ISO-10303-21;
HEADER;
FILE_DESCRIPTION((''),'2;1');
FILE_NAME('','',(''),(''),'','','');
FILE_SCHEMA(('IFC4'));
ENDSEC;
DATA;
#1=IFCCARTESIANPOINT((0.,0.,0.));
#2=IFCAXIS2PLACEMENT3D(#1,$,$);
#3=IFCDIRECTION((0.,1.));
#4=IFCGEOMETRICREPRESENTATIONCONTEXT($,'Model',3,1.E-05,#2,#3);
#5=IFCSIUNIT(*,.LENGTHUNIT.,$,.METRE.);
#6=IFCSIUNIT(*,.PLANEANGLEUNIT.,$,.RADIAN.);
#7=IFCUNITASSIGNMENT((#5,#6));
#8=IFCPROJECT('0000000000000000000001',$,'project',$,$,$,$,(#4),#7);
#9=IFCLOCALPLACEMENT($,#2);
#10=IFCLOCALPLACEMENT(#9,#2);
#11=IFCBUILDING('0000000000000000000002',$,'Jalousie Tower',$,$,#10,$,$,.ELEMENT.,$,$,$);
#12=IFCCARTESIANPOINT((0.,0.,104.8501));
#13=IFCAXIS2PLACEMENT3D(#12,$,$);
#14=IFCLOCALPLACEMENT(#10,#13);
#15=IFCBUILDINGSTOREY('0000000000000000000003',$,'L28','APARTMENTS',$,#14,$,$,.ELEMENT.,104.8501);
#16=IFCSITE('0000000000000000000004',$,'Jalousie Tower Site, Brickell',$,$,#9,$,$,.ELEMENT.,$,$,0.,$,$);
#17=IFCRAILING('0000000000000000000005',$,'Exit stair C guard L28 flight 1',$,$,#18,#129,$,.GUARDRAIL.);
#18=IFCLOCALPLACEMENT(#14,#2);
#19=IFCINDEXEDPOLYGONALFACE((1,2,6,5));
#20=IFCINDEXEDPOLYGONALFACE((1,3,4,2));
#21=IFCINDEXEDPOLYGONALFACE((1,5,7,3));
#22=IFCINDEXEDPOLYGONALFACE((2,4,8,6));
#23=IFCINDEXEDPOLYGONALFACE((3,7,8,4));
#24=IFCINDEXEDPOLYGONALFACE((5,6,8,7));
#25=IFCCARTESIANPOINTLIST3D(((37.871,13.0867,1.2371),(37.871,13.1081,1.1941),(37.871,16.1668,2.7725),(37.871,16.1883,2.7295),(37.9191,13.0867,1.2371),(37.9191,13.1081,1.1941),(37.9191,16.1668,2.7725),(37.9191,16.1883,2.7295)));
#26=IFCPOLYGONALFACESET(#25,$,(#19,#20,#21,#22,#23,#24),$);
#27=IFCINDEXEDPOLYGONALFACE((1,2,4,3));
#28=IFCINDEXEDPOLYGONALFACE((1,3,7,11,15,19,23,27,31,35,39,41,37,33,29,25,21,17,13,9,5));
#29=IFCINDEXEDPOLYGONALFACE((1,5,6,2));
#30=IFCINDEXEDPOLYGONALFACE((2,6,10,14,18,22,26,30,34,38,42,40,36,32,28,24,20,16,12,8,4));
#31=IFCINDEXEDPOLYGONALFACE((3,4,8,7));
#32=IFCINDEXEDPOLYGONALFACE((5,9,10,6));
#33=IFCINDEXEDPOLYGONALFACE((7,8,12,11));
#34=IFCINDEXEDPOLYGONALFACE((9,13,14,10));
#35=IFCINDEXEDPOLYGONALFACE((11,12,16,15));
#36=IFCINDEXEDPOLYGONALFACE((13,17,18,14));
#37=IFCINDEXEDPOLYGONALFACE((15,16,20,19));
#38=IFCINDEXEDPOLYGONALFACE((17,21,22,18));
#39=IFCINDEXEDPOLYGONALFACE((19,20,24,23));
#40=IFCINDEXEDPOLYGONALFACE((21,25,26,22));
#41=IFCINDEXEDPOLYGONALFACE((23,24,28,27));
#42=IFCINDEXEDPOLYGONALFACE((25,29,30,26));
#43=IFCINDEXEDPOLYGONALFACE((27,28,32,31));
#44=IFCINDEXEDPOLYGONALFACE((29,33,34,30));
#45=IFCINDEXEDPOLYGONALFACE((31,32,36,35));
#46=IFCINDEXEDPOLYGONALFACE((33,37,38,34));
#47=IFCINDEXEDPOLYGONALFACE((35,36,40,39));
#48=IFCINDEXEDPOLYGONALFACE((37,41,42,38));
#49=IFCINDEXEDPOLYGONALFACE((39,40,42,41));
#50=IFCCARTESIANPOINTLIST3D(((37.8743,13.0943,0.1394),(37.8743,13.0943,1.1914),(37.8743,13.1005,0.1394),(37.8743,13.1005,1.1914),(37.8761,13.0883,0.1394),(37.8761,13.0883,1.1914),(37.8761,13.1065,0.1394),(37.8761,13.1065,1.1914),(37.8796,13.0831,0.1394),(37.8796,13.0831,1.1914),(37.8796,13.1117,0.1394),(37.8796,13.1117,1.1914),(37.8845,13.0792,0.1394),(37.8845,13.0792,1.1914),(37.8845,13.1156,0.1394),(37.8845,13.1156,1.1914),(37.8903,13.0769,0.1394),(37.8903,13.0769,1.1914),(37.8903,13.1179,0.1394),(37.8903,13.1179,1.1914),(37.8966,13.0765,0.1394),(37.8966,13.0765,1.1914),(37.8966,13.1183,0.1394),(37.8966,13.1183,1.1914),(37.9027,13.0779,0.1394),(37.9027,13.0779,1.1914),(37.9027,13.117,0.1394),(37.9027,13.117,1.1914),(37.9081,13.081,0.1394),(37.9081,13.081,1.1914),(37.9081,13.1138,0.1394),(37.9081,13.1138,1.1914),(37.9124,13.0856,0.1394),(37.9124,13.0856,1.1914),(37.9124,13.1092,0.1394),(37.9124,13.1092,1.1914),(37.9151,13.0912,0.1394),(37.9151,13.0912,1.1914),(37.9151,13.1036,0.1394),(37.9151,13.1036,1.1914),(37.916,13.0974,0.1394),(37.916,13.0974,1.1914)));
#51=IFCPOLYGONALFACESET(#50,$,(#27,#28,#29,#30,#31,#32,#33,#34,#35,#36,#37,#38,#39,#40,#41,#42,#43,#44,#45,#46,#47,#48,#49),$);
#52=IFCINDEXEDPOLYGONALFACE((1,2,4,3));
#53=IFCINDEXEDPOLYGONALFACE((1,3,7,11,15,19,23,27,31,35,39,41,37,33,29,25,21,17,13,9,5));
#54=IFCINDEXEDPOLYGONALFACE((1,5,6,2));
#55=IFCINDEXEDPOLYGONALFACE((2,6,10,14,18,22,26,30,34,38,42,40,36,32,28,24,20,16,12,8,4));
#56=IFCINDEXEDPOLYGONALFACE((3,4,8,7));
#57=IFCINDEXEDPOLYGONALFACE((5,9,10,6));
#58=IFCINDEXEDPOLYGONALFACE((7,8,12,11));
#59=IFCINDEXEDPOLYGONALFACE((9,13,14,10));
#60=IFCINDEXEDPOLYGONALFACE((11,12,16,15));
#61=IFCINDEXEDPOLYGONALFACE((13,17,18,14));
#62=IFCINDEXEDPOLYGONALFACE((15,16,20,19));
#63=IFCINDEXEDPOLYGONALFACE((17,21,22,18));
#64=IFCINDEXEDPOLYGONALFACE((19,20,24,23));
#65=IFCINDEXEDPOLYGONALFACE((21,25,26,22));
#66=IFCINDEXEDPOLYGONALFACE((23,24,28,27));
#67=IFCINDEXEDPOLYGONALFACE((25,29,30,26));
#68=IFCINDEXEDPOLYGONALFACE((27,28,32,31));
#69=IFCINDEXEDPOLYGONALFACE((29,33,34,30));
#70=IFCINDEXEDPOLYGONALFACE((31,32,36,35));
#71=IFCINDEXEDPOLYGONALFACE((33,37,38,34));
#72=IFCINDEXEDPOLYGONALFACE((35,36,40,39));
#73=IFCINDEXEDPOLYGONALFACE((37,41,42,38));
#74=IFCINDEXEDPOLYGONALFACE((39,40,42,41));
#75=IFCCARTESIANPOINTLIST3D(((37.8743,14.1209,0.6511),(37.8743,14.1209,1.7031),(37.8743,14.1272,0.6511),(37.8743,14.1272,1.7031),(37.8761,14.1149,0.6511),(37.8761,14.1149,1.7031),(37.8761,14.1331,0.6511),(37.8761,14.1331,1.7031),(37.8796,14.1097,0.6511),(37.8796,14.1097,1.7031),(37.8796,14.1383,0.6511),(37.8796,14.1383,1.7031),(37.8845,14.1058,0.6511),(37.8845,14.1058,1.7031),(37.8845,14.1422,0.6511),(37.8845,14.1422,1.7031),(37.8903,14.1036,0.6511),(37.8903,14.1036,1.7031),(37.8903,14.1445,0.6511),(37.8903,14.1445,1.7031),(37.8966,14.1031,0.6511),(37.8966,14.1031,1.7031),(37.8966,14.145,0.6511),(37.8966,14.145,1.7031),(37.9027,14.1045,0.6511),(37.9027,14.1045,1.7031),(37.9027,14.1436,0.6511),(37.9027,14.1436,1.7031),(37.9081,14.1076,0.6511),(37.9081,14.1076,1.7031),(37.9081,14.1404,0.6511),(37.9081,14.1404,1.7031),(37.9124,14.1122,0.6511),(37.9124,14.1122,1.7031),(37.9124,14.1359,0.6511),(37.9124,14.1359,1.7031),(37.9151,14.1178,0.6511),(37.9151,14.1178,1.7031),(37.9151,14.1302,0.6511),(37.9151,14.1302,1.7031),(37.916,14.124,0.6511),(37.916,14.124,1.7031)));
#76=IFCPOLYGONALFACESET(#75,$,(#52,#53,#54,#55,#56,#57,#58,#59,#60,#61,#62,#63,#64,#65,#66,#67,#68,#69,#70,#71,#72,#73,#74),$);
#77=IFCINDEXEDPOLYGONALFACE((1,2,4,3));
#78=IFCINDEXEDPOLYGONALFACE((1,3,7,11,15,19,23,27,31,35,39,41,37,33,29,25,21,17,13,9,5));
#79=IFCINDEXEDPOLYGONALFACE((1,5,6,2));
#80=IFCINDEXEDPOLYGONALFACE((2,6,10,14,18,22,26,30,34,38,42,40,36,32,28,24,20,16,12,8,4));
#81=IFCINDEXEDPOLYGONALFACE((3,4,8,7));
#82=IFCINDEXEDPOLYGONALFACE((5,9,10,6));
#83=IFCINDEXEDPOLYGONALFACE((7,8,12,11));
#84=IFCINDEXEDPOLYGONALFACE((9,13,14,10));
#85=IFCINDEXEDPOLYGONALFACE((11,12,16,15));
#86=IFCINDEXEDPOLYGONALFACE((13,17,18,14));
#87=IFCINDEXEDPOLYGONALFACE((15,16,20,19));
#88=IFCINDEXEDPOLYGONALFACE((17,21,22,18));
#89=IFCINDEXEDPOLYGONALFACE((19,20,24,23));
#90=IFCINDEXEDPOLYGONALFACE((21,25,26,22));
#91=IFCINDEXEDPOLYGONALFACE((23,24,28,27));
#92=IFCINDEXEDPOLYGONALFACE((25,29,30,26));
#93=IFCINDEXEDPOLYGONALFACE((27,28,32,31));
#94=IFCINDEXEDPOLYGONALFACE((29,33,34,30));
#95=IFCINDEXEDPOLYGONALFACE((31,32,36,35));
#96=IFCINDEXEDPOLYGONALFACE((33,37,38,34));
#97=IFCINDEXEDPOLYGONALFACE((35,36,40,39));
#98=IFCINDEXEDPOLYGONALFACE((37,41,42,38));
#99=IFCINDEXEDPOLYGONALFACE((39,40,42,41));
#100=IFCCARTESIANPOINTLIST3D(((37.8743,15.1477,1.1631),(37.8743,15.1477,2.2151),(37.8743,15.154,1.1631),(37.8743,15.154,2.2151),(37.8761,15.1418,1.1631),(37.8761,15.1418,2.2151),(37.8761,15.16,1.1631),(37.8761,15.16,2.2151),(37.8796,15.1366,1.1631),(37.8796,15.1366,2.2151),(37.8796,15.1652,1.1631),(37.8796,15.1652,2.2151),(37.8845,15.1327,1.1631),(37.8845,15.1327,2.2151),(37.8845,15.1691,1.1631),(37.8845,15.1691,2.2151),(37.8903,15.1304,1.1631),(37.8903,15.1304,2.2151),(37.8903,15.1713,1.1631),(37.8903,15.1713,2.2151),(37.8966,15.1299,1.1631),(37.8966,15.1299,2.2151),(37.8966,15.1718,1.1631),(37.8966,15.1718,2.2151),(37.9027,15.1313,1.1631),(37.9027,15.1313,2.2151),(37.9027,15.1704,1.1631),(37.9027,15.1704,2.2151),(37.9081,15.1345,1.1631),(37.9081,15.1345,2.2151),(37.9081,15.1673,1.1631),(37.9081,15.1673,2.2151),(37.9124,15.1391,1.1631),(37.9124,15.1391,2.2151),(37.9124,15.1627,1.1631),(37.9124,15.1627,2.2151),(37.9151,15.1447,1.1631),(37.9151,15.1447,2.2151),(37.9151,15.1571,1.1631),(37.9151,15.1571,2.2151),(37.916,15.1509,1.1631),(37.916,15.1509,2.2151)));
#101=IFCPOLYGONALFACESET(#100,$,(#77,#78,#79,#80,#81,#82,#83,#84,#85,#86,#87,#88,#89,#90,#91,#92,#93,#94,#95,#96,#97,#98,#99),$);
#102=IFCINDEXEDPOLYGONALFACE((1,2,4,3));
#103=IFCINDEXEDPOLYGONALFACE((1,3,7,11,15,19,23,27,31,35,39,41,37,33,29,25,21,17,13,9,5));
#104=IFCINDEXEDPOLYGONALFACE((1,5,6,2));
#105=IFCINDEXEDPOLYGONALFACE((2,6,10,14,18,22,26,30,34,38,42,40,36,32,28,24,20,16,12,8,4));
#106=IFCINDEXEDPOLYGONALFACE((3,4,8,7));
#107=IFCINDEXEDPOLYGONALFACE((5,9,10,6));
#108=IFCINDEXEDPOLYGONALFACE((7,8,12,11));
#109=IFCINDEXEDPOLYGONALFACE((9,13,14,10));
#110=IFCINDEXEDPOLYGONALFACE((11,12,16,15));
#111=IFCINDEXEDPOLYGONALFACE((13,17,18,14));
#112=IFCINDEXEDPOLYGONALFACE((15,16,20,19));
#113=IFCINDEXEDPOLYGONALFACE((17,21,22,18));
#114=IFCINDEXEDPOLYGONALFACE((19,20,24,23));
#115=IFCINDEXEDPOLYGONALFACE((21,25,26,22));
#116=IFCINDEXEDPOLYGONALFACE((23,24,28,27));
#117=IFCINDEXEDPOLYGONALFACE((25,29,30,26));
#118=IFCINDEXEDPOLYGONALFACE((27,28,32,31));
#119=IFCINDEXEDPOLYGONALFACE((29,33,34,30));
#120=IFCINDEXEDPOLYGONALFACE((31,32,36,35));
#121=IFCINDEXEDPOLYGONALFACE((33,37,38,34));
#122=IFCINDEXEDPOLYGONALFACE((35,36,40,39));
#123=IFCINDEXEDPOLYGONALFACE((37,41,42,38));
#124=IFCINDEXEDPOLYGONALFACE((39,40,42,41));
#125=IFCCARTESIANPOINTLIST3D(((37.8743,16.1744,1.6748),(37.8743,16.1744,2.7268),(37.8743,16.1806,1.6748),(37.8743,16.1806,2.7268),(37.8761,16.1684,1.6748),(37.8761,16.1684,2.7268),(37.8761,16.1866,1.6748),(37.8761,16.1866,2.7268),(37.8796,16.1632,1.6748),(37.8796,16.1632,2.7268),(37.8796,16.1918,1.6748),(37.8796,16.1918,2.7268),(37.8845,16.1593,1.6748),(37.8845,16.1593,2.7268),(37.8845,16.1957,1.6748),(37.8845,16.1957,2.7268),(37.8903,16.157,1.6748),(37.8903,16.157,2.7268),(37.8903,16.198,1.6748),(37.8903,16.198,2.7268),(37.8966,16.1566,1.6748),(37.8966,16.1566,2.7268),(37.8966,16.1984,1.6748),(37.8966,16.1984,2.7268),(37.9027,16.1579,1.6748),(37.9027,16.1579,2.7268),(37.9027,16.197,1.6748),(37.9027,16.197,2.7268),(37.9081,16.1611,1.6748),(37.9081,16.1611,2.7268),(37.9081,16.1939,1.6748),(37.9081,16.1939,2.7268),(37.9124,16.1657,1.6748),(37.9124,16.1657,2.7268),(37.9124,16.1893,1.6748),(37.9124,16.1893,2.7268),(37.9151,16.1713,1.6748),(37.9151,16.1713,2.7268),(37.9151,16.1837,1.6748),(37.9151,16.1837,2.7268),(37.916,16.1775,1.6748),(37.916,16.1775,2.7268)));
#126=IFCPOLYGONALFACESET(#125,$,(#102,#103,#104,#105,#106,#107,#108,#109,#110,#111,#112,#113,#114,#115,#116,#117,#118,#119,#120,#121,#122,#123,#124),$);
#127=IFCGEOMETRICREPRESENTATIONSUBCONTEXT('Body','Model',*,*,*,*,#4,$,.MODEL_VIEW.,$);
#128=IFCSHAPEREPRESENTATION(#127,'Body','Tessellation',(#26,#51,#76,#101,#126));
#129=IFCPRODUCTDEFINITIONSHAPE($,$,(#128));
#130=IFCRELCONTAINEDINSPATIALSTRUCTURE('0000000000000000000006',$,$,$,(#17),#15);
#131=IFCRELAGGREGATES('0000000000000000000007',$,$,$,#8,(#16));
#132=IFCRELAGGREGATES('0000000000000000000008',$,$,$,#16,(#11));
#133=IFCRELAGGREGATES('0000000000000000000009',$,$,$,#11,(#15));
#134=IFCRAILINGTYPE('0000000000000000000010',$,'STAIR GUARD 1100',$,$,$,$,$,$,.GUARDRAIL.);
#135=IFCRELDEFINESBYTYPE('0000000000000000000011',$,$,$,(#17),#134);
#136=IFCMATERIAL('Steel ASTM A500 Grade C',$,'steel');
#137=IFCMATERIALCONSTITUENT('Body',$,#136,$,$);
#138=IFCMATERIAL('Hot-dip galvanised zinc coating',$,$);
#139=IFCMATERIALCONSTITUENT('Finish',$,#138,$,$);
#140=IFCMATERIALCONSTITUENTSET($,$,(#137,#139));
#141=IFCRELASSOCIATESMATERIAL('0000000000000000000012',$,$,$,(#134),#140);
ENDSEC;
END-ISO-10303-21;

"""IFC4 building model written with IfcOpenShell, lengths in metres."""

from ifc_helpers import new_model, si_unit, direction, frame, origin, origin_2d, place, context, subcontext, project, spatial, rectangle, circle, extrude, material, constituent, constituent_set, type_object, element, save


model = new_model("IFC4")

# Units and contexts
model_context = context("Model", 3, precision=1e-05, world=origin(), true_north=direction((0.0, 1.0)))
body_context = subcontext(model_context, "Body", "Model", "MODEL_VIEW")
ifc_project = project(units=[si_unit("LENGTHUNIT", "METRE"), si_unit("PLANEANGLEUNIT", "RADIAN")], contexts=[model_context])

# Site, building, storey
site_placement = place(None, origin())
site = spatial("IfcSite", under=ifc_project, at=site_placement, Name="Jalousie Tower Site, Brickell", CompositionType="ELEMENT", RefElevation=0.0)
building_placement = place(site_placement, origin())
building = spatial("IfcBuilding", under=site, at=building_placement, Name="Jalousie Tower", CompositionType="ELEMENT")
storey_placement = place(building_placement, frame((0.0, 0.0, 104.8501)))
storey = spatial("IfcBuildingStorey", under=building, at=storey_placement, Name="L28", Description="APARTMENTS", CompositionType="ELEMENT", Elevation=104.8501)

# Railing
ifc_material_1 = material(Name="Steel ASTM A500 Grade C", Category="steel")
ifc_constituent_1 = constituent(ifc_material_1, Name="Body")
ifc_material_2 = material(Name="Hot-dip galvanised zinc coating")
ifc_constituent_2 = constituent(ifc_material_2, Name="Finish")
ifc_constituent_set_1 = constituent_set(constituents=[ifc_constituent_1, ifc_constituent_2])
railing_type_1 = type_object("IfcRailingType", Name="STAIR GUARD 1100", PredefinedType="GUARDRAIL", material=ifc_constituent_set_1)
railing_1_placement = place(storey_placement, frame((37.895, 13.0974, 0.1394)))
element("IfcRailing", 1, at=railing_1_placement, inside=storey, type_object=railing_type_1, Name="Exit stair C guard L28 flight 1", PredefinedType="GUARDRAIL", context=body_context, shape_type="SweptSolid", body=[
    extrude(rectangle(XDim=0.0481, YDim=0.0481, at=origin_2d()), frame((0.0, 0.0, 1.0762), z_axis=(0.0, 0.894966, 0.446135), x_axis=(-1.0, 0.0, 0.0)), (0.0, 0.0, 1.0), 3.4417),
    extrude(circle(Radius=0.021, at=origin_2d()), origin(), (0.0, 0.0, 1.0), 1.052),
    extrude(circle(Radius=0.021, at=origin_2d()), frame((0.0, 1.0266, 0.5117)), (0.0, 0.0, 1.0), 1.052),
    extrude(circle(Radius=0.021, at=origin_2d()), frame((0.0, 2.0535, 1.0237)), (0.0, 0.0, 1.0), 1.052),
    extrude(circle(Radius=0.021, at=origin_2d()), frame((0.0, 3.0801, 1.5354)), (0.0, 0.0, 1.0), 1.052),
])

save(model, "model.ifc")
